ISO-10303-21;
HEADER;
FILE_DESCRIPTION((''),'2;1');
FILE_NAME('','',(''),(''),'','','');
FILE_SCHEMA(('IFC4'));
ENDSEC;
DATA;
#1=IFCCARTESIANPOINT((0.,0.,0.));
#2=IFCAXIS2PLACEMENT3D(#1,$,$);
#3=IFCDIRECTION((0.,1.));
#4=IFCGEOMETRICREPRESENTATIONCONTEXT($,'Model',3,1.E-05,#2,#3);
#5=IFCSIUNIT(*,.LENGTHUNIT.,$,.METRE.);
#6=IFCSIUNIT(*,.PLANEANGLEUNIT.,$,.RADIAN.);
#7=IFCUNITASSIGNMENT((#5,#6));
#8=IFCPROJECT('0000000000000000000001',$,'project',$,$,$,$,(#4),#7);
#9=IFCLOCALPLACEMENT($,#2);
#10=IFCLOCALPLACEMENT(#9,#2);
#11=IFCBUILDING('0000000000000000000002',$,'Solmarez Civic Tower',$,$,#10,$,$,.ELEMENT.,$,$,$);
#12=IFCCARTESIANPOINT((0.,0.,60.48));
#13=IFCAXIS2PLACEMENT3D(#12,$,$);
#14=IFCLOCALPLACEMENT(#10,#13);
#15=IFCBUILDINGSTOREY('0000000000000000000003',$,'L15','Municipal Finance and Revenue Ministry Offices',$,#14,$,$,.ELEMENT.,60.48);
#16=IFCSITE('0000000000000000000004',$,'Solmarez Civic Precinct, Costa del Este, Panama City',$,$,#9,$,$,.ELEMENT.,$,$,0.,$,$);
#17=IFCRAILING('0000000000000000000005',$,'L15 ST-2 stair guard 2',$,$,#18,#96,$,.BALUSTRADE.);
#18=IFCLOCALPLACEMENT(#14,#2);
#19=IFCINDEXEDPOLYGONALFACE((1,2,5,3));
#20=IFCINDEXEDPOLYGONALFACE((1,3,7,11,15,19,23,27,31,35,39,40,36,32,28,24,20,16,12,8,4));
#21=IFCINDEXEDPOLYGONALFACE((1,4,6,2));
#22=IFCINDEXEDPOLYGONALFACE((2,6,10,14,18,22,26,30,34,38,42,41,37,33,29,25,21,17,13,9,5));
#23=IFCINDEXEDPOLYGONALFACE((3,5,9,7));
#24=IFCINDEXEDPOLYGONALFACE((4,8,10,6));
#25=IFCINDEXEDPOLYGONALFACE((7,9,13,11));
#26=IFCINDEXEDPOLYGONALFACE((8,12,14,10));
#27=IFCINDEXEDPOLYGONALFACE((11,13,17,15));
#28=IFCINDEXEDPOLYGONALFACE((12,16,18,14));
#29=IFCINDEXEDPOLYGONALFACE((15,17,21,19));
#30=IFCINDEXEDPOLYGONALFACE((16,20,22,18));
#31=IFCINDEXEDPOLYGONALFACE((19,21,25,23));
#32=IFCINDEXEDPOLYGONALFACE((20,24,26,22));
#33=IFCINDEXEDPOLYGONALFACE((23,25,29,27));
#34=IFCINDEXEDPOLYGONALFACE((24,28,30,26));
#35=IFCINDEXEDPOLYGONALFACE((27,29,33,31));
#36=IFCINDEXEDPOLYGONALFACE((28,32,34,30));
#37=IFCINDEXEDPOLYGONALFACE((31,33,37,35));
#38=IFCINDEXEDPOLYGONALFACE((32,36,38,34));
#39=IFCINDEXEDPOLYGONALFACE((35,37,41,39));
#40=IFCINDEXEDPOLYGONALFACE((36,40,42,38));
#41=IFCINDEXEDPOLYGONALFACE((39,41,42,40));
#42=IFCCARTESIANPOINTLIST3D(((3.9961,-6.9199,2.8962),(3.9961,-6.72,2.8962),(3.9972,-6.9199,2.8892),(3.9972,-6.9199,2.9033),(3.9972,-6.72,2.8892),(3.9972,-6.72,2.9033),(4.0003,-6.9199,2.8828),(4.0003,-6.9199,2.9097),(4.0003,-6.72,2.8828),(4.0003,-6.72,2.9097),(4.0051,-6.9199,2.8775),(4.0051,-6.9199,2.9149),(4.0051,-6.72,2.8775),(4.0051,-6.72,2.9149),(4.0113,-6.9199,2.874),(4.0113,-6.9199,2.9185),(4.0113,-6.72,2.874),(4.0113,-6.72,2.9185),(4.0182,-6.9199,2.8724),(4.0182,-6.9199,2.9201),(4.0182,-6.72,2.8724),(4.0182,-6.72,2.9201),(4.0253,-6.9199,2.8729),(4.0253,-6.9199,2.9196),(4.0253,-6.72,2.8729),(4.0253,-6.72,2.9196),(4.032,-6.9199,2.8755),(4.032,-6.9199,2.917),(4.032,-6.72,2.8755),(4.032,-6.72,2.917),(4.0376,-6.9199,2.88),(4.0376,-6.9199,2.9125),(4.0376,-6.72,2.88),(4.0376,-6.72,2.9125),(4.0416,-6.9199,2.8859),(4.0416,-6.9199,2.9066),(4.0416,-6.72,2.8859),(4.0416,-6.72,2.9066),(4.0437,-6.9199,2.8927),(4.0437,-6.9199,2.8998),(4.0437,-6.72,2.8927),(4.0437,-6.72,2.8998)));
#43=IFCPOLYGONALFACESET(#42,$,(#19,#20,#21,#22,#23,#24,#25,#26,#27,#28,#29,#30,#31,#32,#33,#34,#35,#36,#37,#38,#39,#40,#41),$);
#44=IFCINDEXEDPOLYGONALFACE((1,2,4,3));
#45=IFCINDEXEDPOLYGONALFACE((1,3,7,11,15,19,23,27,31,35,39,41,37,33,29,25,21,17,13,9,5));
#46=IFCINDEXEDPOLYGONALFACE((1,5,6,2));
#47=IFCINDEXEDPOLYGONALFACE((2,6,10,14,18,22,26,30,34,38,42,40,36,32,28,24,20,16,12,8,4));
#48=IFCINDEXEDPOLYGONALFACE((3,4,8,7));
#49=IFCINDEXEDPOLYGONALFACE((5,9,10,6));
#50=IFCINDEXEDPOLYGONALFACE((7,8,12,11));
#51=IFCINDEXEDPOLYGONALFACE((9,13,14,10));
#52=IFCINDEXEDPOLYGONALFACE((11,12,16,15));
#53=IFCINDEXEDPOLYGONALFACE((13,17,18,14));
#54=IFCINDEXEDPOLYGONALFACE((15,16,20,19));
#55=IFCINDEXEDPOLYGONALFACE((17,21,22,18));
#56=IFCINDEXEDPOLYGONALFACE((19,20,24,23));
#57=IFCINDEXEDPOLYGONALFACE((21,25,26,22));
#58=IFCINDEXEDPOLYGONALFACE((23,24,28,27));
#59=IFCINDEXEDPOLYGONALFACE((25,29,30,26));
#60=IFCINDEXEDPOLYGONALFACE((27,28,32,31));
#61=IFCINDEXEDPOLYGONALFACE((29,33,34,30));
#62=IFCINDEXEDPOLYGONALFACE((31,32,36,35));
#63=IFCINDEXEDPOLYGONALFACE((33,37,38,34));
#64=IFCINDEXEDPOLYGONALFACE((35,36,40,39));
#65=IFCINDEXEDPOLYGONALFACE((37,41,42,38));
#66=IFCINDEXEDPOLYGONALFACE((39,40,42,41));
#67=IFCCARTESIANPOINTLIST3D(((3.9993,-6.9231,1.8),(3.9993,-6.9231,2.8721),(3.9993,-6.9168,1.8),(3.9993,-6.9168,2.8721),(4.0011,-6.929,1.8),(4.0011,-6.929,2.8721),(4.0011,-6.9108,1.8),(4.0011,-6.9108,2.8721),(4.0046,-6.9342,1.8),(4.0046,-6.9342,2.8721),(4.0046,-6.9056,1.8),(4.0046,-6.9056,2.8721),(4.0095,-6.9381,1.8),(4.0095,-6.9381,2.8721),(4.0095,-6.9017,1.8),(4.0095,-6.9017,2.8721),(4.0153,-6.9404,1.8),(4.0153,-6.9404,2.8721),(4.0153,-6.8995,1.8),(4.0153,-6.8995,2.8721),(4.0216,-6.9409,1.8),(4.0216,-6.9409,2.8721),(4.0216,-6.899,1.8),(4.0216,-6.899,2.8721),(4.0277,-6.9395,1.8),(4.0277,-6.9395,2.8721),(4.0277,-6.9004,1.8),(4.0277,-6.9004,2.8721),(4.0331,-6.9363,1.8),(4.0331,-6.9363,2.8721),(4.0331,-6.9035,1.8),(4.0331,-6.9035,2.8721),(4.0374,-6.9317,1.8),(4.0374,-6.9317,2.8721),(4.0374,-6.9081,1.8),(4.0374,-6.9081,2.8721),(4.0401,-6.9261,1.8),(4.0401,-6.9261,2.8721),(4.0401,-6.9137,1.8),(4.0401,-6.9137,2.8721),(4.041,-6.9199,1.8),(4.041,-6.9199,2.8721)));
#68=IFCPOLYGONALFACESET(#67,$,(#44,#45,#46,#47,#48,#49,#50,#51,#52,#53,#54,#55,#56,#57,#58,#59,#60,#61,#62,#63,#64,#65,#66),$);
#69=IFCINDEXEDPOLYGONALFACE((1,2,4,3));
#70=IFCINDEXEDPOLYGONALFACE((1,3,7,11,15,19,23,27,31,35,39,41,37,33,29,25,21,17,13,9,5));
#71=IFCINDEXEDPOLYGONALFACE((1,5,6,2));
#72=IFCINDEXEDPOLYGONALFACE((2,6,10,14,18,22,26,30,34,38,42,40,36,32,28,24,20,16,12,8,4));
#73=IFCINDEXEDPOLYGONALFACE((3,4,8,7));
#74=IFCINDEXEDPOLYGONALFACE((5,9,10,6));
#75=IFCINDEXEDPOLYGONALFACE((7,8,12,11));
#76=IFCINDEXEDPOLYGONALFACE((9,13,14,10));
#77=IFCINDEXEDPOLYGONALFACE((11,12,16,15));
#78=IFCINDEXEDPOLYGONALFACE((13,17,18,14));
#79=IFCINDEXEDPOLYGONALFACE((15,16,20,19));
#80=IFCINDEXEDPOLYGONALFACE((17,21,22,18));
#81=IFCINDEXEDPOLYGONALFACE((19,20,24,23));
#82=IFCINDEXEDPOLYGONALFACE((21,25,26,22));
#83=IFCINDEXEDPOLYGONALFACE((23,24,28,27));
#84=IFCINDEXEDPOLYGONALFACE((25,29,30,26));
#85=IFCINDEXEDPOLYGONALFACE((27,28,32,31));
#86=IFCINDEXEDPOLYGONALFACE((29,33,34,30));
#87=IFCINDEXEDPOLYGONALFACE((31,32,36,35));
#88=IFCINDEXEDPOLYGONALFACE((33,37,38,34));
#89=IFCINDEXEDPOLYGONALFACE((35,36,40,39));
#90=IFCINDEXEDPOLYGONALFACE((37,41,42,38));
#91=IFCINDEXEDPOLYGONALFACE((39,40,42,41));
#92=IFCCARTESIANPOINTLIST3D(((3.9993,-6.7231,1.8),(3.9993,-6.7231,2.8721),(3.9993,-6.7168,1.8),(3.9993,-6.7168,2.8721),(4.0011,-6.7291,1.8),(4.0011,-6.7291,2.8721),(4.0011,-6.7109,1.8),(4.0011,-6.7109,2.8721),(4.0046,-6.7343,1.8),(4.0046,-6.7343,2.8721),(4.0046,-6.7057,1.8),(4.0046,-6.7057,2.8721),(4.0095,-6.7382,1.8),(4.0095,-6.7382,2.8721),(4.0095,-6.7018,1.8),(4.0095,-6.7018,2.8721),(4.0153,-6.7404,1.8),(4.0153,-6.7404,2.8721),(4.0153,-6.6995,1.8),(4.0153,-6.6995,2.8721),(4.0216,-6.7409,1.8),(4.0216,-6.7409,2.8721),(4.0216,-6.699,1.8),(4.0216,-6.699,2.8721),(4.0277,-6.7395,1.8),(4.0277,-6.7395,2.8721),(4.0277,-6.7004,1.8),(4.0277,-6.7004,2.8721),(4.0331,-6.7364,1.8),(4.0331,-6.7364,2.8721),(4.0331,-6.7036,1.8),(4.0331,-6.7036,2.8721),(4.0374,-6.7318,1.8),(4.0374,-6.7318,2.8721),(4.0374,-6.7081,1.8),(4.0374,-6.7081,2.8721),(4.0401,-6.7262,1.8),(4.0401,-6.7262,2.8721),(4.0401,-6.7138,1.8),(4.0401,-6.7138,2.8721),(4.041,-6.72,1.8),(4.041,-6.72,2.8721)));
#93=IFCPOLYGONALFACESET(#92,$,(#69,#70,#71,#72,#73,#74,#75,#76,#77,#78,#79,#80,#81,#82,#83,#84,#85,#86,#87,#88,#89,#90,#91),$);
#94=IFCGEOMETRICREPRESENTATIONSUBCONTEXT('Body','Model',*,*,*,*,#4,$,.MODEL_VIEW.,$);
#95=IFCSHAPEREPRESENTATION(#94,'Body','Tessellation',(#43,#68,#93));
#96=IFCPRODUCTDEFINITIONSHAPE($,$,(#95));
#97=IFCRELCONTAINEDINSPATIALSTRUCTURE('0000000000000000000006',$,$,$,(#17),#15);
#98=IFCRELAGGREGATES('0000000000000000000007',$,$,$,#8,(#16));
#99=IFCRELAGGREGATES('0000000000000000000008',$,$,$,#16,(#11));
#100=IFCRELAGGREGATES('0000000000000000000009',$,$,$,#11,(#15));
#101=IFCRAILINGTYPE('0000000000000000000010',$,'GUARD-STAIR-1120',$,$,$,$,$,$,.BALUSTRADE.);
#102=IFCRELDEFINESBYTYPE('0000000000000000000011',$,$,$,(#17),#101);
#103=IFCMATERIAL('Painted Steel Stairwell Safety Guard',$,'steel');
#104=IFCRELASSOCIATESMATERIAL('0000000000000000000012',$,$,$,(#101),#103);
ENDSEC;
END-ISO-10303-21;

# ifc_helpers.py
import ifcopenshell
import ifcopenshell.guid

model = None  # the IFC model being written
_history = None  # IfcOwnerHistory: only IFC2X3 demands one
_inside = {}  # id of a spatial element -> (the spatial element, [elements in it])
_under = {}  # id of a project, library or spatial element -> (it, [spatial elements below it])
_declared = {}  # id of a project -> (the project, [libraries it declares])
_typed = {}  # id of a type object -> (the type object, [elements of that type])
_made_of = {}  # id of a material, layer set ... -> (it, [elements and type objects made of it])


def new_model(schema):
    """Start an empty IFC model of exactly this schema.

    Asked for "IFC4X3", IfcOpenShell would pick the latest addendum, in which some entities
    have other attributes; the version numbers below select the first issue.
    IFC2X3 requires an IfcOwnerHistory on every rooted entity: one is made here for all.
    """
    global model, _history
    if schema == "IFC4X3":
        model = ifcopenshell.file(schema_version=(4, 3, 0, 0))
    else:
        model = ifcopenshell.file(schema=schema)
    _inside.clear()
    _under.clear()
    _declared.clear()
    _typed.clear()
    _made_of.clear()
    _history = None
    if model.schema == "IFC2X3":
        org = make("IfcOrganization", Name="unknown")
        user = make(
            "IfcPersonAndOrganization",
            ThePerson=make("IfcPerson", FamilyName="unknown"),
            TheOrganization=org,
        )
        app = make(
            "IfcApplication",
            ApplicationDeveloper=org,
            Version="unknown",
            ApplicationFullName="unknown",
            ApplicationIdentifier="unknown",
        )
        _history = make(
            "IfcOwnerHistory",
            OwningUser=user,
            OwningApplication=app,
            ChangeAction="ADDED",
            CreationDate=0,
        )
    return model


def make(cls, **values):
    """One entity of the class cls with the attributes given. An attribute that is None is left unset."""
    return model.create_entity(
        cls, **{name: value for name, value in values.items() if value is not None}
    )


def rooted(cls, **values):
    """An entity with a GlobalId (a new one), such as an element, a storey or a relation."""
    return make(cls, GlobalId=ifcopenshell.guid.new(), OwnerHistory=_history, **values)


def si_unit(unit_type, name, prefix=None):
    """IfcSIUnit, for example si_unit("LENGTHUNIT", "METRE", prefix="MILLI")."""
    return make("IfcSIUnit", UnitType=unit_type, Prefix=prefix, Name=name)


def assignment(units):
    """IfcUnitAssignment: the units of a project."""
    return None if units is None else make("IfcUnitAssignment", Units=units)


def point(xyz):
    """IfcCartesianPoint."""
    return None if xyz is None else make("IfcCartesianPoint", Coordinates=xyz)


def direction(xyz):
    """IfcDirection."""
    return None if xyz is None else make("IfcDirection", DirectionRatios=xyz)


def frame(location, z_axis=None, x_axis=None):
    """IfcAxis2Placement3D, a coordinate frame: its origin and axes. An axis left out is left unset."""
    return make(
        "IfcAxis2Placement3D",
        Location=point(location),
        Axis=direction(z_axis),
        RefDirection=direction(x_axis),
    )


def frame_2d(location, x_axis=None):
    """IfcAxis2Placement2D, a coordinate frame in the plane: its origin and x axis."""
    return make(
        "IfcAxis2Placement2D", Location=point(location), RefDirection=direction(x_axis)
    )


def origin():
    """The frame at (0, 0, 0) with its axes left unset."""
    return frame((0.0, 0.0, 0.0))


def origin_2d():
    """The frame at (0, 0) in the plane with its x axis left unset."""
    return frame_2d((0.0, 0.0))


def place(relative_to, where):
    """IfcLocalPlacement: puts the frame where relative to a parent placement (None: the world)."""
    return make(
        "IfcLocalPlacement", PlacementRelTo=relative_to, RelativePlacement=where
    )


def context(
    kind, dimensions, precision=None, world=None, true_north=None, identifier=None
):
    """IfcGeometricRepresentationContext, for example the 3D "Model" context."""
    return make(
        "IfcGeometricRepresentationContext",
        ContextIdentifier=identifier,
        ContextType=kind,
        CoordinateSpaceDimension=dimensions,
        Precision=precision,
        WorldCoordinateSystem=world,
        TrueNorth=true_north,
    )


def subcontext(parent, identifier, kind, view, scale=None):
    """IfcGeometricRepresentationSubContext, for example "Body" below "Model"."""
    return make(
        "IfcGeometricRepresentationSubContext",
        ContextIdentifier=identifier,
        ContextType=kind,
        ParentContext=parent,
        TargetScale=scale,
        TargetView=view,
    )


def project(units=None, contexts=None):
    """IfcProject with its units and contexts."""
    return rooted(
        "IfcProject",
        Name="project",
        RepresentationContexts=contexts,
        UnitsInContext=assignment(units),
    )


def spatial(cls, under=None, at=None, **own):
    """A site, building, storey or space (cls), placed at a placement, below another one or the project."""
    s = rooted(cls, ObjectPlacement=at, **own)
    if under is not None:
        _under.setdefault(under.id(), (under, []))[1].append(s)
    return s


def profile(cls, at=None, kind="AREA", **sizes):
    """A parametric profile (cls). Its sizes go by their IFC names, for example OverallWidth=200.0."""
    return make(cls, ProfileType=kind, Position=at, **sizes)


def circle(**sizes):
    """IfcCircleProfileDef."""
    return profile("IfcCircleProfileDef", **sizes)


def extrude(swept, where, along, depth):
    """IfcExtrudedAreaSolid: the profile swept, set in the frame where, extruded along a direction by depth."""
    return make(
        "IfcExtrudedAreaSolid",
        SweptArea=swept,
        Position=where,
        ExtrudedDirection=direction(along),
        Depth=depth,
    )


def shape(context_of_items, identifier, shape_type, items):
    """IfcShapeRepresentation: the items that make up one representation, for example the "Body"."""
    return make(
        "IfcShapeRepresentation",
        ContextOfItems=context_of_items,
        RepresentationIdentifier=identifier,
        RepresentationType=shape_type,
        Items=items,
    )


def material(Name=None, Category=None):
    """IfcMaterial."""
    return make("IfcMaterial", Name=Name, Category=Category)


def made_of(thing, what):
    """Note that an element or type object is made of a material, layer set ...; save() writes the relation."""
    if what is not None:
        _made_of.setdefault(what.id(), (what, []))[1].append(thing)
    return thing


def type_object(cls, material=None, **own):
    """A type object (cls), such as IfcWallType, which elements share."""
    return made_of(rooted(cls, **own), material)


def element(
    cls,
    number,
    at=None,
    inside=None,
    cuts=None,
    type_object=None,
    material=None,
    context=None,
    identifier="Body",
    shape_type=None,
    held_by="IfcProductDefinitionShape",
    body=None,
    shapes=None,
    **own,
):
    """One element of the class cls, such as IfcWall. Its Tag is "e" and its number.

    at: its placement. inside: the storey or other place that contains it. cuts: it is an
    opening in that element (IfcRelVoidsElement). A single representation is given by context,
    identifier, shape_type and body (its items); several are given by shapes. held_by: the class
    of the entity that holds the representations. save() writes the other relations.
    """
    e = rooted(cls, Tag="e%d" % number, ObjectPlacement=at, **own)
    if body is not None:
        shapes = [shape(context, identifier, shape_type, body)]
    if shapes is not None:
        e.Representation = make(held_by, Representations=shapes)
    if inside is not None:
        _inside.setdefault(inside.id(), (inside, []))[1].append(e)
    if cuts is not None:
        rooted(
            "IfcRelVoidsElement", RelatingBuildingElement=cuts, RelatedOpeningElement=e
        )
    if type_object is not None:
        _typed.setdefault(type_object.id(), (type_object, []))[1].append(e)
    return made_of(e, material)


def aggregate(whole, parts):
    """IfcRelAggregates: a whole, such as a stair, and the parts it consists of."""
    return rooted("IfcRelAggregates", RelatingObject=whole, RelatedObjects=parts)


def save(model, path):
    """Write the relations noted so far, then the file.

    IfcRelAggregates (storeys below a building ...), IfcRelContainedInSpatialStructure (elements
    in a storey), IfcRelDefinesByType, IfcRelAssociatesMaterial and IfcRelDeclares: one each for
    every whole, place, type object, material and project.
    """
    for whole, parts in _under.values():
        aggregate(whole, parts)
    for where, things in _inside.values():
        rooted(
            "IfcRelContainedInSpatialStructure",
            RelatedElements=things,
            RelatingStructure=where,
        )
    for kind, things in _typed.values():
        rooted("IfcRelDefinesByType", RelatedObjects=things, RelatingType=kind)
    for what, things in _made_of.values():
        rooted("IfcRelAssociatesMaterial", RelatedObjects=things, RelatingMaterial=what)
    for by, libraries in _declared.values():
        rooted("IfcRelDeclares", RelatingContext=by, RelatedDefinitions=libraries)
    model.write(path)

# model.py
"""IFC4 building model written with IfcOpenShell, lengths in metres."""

from ifc_helpers import new_model, si_unit, direction, frame, origin, origin_2d, place, context, subcontext, project, spatial, circle, extrude, material, type_object, element, save


model = new_model("IFC4")

# Units and contexts
model_context = context("Model", 3, precision=1e-05, world=origin(), true_north=direction((0.0, 1.0)))
body_context = subcontext(model_context, "Body", "Model", "MODEL_VIEW")
ifc_project = project(units=[si_unit("LENGTHUNIT", "METRE"), si_unit("PLANEANGLEUNIT", "RADIAN")], contexts=[model_context])

# Site, building, storey
site_placement = place(None, origin())
site = spatial("IfcSite", under=ifc_project, at=site_placement, Name="Solmarez Civic Precinct, Costa del Este, Panama City", CompositionType="ELEMENT", RefElevation=0.0)
building_placement = place(site_placement, origin())
building = spatial("IfcBuilding", under=site, at=building_placement, Name="Solmarez Civic Tower", CompositionType="ELEMENT")
storey_placement = place(building_placement, frame((0.0, 0.0, 60.48)))
storey = spatial("IfcBuildingStorey", under=building, at=storey_placement, Name="L15", Description="Municipal Finance and Revenue Ministry Offices", CompositionType="ELEMENT", Elevation=60.48)

# Railing
ifc_material_1 = material(Name="Painted Steel Stairwell Safety Guard", Category="steel")
railing_type_1 = type_object("IfcRailingType", Name="GUARD-STAIR-1120", PredefinedType="BALUSTRADE", material=ifc_material_1)
railing_1_placement = place(storey_placement, frame((4.02, -6.9199, 1.8)))
element("IfcRailing", 1, at=railing_1_placement, inside=storey, type_object=railing_type_1, Name="L15 ST-2 stair guard 2", PredefinedType="BALUSTRADE", context=body_context, shape_type="SweptSolid", body=[
    extrude(circle(Radius=0.0239, at=origin_2d()), frame((0.0, 0.0, 1.0962), z_axis=(0.0, 1.0, 0.0), x_axis=(-1.0, 0.0, 0.0)), (0.0, 0.0, 1.0), 0.2),
    extrude(circle(Radius=0.021, at=origin_2d()), origin(), (0.0, 0.0, 1.0), 1.072),
    extrude(circle(Radius=0.021, at=origin_2d()), frame((0.0, 0.2, 0.0)), (0.0, 0.0, 1.0), 1.072),
])

save(model, "model.ifc")
